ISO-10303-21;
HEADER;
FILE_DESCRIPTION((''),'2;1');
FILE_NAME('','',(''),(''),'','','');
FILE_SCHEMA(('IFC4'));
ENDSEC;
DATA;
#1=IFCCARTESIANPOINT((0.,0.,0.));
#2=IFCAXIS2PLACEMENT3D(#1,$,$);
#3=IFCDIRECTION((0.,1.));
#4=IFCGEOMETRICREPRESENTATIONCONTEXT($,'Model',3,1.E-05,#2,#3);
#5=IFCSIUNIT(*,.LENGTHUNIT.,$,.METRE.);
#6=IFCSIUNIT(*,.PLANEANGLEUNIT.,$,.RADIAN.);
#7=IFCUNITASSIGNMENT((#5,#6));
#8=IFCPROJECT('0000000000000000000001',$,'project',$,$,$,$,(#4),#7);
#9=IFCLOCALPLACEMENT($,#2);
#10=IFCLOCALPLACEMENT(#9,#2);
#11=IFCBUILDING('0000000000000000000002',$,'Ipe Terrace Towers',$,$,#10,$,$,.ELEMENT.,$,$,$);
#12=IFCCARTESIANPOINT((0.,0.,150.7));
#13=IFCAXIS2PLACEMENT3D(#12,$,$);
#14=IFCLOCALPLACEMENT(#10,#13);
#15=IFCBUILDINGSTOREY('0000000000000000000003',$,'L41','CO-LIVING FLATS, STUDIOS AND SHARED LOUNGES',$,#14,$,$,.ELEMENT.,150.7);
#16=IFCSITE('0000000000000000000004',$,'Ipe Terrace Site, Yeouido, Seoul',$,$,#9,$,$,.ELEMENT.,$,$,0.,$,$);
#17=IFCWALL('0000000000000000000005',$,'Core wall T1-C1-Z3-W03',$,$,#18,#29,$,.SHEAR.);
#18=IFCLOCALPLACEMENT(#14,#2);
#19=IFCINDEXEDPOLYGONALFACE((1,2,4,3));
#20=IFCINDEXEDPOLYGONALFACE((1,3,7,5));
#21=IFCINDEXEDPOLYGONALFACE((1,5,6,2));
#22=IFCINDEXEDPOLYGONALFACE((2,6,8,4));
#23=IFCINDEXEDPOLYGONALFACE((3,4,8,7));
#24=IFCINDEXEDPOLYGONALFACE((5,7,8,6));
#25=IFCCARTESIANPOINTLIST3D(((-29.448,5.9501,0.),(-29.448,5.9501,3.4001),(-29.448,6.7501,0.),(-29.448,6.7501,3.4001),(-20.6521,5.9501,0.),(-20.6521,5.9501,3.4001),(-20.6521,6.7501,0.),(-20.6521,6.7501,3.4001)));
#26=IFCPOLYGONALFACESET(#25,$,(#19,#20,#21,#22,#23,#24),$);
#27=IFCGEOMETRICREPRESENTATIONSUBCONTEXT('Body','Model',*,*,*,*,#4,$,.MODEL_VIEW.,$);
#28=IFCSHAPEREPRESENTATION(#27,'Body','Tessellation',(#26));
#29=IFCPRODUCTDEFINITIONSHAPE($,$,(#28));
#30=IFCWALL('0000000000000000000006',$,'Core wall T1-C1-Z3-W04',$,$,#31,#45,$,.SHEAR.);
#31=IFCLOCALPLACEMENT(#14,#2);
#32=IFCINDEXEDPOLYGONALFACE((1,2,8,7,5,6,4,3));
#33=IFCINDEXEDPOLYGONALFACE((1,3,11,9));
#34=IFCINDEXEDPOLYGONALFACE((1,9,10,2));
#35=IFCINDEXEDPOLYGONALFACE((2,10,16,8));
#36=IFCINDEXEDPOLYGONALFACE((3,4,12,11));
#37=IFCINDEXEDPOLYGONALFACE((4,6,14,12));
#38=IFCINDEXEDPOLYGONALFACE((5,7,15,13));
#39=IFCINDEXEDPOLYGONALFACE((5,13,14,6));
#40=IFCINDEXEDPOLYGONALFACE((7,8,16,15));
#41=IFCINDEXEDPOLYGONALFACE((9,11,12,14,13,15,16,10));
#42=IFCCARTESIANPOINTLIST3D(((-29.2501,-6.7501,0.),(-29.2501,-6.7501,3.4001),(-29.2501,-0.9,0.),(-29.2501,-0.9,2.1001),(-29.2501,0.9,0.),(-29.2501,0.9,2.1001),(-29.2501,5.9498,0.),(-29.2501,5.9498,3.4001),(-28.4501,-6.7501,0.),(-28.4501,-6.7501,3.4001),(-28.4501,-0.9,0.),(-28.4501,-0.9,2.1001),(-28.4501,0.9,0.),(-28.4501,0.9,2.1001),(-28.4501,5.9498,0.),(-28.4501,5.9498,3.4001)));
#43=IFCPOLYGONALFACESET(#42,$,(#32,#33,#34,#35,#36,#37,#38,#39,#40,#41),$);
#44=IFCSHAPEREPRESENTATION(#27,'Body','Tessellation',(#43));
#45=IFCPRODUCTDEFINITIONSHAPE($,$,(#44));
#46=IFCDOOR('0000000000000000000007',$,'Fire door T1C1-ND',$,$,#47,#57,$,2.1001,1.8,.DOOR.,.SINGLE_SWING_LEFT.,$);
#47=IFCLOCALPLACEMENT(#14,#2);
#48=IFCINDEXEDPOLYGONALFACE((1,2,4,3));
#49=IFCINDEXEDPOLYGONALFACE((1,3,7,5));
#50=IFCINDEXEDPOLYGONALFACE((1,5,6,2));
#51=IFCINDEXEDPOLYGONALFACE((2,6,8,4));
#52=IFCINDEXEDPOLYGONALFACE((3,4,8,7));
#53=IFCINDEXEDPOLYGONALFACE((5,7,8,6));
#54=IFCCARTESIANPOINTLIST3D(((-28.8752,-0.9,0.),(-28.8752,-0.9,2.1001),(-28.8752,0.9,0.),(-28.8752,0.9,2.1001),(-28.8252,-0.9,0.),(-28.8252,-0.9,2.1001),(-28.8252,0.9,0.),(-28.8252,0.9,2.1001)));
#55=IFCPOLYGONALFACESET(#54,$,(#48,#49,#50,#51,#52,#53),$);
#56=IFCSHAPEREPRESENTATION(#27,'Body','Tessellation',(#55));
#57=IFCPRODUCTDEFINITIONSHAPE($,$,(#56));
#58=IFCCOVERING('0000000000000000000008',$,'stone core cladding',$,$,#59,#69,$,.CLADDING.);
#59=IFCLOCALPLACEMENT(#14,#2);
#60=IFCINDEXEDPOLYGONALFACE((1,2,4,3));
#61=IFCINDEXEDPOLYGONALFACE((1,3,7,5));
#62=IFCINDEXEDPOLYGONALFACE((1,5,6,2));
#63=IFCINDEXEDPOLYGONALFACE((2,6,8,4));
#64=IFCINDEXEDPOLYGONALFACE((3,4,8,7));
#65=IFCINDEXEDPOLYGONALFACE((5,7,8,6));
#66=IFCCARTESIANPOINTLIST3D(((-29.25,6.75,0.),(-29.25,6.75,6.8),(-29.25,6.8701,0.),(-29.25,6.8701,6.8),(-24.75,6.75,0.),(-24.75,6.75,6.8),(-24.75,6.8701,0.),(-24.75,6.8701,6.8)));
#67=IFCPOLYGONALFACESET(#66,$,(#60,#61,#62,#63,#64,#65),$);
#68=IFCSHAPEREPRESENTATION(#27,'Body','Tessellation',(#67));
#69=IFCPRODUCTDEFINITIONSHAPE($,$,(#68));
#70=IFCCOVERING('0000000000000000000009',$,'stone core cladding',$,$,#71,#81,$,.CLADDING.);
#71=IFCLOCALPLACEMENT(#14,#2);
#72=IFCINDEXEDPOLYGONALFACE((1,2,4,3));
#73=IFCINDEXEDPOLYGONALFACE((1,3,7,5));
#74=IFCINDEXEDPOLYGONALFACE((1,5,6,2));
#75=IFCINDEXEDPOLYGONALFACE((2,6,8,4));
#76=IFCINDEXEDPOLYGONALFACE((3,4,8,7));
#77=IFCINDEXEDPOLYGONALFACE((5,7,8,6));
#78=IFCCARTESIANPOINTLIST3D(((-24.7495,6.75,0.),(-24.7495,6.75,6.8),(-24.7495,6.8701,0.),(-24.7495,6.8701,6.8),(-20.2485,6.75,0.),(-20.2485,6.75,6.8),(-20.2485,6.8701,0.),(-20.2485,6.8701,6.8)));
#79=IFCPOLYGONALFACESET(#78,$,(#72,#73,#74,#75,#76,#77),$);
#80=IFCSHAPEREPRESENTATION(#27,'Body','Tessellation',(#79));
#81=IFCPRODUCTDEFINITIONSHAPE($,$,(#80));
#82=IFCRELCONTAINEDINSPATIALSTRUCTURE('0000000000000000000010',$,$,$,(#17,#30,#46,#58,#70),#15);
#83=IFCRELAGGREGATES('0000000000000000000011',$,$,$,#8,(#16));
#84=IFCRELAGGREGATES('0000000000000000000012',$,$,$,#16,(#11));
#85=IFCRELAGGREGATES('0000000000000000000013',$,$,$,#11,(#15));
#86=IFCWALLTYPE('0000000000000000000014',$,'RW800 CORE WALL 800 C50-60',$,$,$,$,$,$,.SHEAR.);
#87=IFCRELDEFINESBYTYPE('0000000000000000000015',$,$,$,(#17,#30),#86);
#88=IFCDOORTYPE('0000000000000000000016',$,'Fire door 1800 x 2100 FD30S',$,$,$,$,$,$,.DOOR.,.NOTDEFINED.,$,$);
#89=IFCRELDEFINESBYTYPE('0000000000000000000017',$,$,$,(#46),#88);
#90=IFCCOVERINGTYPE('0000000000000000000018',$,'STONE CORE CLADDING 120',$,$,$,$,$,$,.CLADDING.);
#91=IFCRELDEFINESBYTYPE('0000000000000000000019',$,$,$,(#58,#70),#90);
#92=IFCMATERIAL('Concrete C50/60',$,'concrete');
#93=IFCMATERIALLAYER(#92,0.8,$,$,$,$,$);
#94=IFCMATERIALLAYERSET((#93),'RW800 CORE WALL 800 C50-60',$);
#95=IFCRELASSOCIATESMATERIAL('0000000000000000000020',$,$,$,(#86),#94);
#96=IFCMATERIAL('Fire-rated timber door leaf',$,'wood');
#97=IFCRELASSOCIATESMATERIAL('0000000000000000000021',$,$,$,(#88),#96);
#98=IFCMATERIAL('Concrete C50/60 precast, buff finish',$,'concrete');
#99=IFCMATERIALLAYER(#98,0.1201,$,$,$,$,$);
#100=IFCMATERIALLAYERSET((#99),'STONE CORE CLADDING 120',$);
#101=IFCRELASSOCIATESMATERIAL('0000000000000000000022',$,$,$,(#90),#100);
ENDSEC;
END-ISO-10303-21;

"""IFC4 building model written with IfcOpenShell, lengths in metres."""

from ifc_helpers import new_model, si_unit, direction, frame, frame_2d, origin, origin_2d, place, context, subcontext, project, spatial, rectangle, extrude, material, layer, layer_set, type_object, element, fill, save


model = new_model("IFC4")

# Units and contexts
model_context = context("Model", 3, precision=1e-05, world=origin(), true_north=direction((0.0, 1.0)))
body_context = subcontext(model_context, "Body", "Model", "MODEL_VIEW")
ifc_project = project(units=[si_unit("LENGTHUNIT", "METRE"), si_unit("PLANEANGLEUNIT", "RADIAN")], contexts=[model_context])

# Site, building, storey
site_placement = place(None, origin())
site = spatial("IfcSite", under=ifc_project, at=site_placement, Name="Ipe Terrace Site, Yeouido, Seoul", CompositionType="ELEMENT", RefElevation=0.0)
building_placement = place(site_placement, origin())
building = spatial("IfcBuilding", under=site, at=building_placement, Name="Ipe Terrace Towers", CompositionType="ELEMENT")
storey_placement = place(building_placement, frame((0.0, 0.0, 150.7)))
storey = spatial("IfcBuildingStorey", under=building, at=storey_placement, Name="L41", Description="CO-LIVING FLATS, STUDIOS AND SHARED LOUNGES", CompositionType="ELEMENT", Elevation=150.7)

# Wall
ifc_material_1 = material(Name="Concrete C50/60", Category="concrete")
ifc_layer_1 = layer(ifc_material_1, 0.8)
ifc_layer_set_1 = layer_set([ifc_layer_1], Name="RW800 CORE WALL 800 C50-60")
wall_type_1 = type_object("IfcWallType", Name="RW800 CORE WALL 800 C50-60", PredefinedType="SHEAR", material=ifc_layer_set_1)
wall_1_placement = place(storey_placement, frame((-20.6521, 6.3501, 0.0), z_axis=(0.0, 0.0, 1.0), x_axis=(-1.0, 0.0, 0.0)))
element("IfcWall", 1, at=wall_1_placement, inside=storey, type_object=wall_type_1, Name="Core wall T1-C1-Z3-W03", PredefinedType="SHEAR", context=body_context, shape_type="SweptSolid", body=[
    extrude(rectangle(XDim=8.7959, YDim=0.8, at=frame_2d((4.3979, 0.0))), origin(), (0.0, 0.0, 1.0), 3.4001),
])

# Wall, opening, door
wall_2_placement = place(storey_placement, frame((-28.8501, 5.95, 0.0), z_axis=(0.0, 0.0, 1.0), x_axis=(0.0, -1.0, 0.0)))
wall_2 = element("IfcWall", 2, at=wall_2_placement, inside=storey, type_object=wall_type_1, Name="Core wall T1-C1-Z3-W04", PredefinedType="SHEAR", context=body_context, shape_type="SweptSolid", body=[
    extrude(rectangle(XDim=12.7, YDim=0.8, at=frame_2d((6.3501, 0.0))), origin(), (0.0, 0.0, 1.0), 3.4001),
])
opening_1_placement = place(wall_2_placement, frame((5.05, 0.0, 0.0)))
opening_1 = element("IfcOpeningElement", 3, at=opening_1_placement, cuts=wall_2, PredefinedType="OPENING", context=body_context, shape_type="SweptSolid", body=[
    extrude(rectangle(XDim=1.8, YDim=2.1001, at=frame_2d((0.8999, 1.05))), frame((0.0, 0.4102, 0.0), z_axis=(0.0, -1.0, 0.0), x_axis=(1.0, 0.0, 0.0)), (0.0, 0.0, 1.0), 0.8201),
])
ifc_material_2 = material(Name="Fire-rated timber door leaf", Category="wood")
door_type_1 = type_object("IfcDoorType", Name="Fire door 1800 x 2100 FD30S", OperationType="NOTDEFINED", PredefinedType="DOOR", material=ifc_material_2)
door_1_placement = place(opening_1_placement, origin())
door_1 = element("IfcDoor", 4, at=door_1_placement, inside=storey, type_object=door_type_1, Name="Fire door T1C1-ND", OperationType="SINGLE_SWING_LEFT", OverallHeight=2.1001, OverallWidth=1.8, PredefinedType="DOOR", context=body_context, shape_type="SweptSolid", body=[
    extrude(rectangle(XDim=1.8, YDim=2.1001, at=frame_2d((0.8999, 1.05))), frame((0.0, 0.0249, 0.0), z_axis=(0.0, -1.0, 0.0), x_axis=(1.0, 0.0, 0.0)), (0.0, 0.0, 1.0), 0.05),
])
fill(opening_1, door_1)

# Coverings
ifc_material_3 = material(Name="Concrete C50/60 precast, buff finish", Category="concrete")
ifc_layer_2 = layer(ifc_material_3, 0.1201)
ifc_layer_set_2 = layer_set([ifc_layer_2], Name="STONE CORE CLADDING 120")
covering_type = type_object("IfcCoveringType", Name="STONE CORE CLADDING 120", PredefinedType="CLADDING", material=ifc_layer_set_2)
covering_1_placement = place(storey_placement, frame((-27.0, 6.8101, 0.0), z_axis=(0.0, 0.0, 1.0), x_axis=(-1.0, 0.0, 0.0)))
element("IfcCovering", 5, at=covering_1_placement, inside=storey, type_object=covering_type, Name="stone core cladding", PredefinedType="CLADDING", context=body_context, shape_type="SweptSolid", body=[
    extrude(rectangle(XDim=4.5, YDim=0.1201, at=origin_2d()), origin(), (0.0, 0.0, 1.0), 6.8),
])
covering_2_placement = place(storey_placement, frame((-22.499, 6.8101, 0.0), z_axis=(0.0, 0.0, 1.0), x_axis=(-1.0, 0.0, 0.0)))
element("IfcCovering", 6, at=covering_2_placement, inside=storey, type_object=covering_type, Name="stone core cladding", PredefinedType="CLADDING", context=body_context, shape_type="SweptSolid", body=[
    extrude(rectangle(XDim=4.501, YDim=0.1201, at=origin_2d()), origin(), (0.0, 0.0, 1.0), 6.8),
])

save(model, "model.ifc")
